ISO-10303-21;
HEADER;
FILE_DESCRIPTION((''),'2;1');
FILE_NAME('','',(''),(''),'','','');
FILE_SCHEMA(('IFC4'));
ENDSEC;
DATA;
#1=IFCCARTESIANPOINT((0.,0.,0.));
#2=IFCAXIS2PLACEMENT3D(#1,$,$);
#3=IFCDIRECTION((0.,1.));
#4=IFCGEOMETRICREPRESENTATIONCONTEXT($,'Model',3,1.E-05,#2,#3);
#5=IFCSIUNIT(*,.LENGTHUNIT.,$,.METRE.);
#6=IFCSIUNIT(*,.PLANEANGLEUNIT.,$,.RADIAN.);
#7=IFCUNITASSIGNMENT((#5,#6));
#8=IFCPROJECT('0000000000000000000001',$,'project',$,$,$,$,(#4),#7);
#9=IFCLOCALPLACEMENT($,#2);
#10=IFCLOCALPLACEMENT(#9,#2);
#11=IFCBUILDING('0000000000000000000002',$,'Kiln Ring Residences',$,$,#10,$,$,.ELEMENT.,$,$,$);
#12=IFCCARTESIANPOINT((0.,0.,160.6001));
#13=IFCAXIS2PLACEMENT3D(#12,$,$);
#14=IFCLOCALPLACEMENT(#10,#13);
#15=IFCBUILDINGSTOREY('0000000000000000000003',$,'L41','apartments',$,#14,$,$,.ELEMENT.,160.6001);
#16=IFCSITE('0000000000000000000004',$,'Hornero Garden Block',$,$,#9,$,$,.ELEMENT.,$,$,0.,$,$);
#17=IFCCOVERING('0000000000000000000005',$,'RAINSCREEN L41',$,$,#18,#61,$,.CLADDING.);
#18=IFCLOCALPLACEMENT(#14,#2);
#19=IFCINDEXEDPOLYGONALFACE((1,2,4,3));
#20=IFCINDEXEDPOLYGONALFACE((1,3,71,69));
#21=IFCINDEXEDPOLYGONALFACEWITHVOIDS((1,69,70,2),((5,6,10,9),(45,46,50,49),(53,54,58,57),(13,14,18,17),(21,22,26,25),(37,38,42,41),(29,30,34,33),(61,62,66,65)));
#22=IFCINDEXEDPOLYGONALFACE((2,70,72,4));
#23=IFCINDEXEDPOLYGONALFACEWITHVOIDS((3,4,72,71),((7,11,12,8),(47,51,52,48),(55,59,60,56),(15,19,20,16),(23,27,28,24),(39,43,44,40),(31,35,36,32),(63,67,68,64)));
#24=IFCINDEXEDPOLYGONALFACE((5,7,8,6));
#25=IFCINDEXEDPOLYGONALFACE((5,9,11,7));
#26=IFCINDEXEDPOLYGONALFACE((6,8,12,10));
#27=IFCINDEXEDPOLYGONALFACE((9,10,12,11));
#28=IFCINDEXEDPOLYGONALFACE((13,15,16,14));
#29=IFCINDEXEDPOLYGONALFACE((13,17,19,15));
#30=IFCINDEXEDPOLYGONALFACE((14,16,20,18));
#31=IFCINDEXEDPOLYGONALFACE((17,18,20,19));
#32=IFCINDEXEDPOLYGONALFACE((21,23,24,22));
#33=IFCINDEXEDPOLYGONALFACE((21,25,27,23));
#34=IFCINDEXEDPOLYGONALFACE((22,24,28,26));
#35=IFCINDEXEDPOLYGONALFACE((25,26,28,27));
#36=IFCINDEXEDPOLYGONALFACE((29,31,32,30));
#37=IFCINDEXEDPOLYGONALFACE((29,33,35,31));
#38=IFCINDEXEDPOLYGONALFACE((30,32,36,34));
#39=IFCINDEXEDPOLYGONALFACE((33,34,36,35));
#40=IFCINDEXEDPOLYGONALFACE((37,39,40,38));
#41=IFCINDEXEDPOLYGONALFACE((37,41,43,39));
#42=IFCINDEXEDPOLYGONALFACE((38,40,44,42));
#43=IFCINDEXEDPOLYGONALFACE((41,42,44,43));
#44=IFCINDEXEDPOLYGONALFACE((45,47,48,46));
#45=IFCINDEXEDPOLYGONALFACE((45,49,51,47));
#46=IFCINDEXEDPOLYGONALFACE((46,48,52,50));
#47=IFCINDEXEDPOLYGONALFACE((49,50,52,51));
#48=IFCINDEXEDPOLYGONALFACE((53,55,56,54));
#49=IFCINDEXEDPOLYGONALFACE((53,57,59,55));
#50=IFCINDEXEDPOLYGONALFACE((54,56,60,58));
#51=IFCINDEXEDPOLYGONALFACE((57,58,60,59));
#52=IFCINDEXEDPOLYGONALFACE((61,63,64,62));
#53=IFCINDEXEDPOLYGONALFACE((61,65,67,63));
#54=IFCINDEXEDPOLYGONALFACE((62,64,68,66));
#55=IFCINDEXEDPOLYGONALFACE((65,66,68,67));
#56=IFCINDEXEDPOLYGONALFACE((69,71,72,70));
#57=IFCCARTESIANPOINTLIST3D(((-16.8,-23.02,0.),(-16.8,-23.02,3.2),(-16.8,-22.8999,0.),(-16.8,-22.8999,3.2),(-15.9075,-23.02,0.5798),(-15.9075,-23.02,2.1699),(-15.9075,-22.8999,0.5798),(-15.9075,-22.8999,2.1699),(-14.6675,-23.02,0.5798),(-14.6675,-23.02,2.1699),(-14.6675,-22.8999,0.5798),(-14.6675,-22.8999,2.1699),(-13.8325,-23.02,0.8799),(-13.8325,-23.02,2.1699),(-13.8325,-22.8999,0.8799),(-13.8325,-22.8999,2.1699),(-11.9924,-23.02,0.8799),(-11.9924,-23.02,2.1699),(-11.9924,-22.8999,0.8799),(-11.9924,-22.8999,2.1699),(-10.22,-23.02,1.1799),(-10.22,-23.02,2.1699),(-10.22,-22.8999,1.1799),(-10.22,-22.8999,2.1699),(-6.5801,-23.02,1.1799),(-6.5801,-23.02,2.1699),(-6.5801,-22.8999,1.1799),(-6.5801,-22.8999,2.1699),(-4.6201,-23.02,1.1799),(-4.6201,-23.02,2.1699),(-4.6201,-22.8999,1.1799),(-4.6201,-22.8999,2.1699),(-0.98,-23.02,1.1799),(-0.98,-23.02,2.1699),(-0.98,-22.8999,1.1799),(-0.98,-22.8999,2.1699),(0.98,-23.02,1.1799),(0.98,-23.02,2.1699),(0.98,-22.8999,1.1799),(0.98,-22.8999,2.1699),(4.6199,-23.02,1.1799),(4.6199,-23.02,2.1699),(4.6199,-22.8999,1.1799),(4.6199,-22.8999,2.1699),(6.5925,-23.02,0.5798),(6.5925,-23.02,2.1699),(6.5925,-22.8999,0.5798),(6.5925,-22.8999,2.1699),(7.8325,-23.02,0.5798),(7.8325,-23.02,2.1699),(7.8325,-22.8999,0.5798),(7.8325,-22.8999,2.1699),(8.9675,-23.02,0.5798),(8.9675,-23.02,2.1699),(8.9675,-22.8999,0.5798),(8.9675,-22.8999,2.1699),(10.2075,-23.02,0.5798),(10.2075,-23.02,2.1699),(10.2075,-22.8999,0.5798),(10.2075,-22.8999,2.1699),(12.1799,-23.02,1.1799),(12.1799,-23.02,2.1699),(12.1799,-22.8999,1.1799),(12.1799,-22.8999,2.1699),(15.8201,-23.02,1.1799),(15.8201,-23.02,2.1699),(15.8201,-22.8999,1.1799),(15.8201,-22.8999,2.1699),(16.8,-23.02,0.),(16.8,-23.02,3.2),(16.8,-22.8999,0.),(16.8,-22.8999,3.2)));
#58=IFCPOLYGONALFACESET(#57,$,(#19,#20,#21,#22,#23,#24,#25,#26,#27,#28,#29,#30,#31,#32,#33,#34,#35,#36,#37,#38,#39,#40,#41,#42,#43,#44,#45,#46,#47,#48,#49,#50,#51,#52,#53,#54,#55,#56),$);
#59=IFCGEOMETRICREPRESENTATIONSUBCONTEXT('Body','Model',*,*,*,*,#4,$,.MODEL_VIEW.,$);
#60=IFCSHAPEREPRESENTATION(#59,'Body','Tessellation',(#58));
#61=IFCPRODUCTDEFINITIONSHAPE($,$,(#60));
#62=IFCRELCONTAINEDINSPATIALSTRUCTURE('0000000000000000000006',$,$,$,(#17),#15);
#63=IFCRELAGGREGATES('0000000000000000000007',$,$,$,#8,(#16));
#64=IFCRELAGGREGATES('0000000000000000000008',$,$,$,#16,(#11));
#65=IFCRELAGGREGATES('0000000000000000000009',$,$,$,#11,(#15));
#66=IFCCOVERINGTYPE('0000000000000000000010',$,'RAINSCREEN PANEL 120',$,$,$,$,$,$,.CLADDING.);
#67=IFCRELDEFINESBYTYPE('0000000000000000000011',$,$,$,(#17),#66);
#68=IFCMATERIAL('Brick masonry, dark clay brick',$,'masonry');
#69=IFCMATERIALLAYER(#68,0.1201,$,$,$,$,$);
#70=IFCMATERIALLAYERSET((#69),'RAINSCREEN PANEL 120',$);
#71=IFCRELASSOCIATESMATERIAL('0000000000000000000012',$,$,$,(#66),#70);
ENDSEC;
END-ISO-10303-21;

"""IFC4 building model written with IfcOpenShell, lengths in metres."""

from ifc_helpers import new_model, si_unit, direction, frame, origin, place, context, subcontext, project, spatial, polyline, outline, extrude, material, layer, layer_set, type_object, element, save


model = new_model("IFC4")

# Units and contexts
model_context = context("Model", 3, precision=1e-05, world=origin(), true_north=direction((0.0, 1.0)))
body_context = subcontext(model_context, "Body", "Model", "MODEL_VIEW")
ifc_project = project(units=[si_unit("LENGTHUNIT", "METRE"), si_unit("PLANEANGLEUNIT", "RADIAN")], contexts=[model_context])

# Site, building, storey
site_placement = place(None, origin())
site = spatial("IfcSite", under=ifc_project, at=site_placement, Name="Hornero Garden Block", CompositionType="ELEMENT", RefElevation=0.0)
building_placement = place(site_placement, origin())
building = spatial("IfcBuilding", under=site, at=building_placement, Name="Kiln Ring Residences", CompositionType="ELEMENT")
storey_placement = place(building_placement, frame((0.0, 0.0, 160.6001)))
storey = spatial("IfcBuildingStorey", under=building, at=storey_placement, Name="L41", Description="apartments", CompositionType="ELEMENT", Elevation=160.6001)

# Covering
ifc_material_1 = material(Name="Brick masonry, dark clay brick", Category="masonry")
ifc_layer_1 = layer(ifc_material_1, 0.1201)
ifc_layer_set_1 = layer_set([ifc_layer_1], Name="RAINSCREEN PANEL 120")
covering_type = type_object("IfcCoveringType", Name="RAINSCREEN PANEL 120", PredefinedType="CLADDING", material=ifc_layer_set_1)
covering_placement = place(storey_placement, frame((-16.8, -22.96, 0.0), z_axis=(0.0, 0.0, 1.0), x_axis=(1.0, 0.0, 0.0)))
element("IfcCovering", 1, at=covering_placement, inside=storey, type_object=covering_type, Name="RAINSCREEN L41", PredefinedType="CLADDING", context=body_context, shape_type="SweptSolid", body=[
    extrude(outline(polyline([(0.0, 0.0), (33.6001, 0.0), (33.6001, 3.2), (0.0, 3.2), (0.0, 0.0)]), holes=[polyline([(0.8926, 0.5798), (2.1326, 0.5798), (2.1326, 2.1699), (0.8926, 2.1699), (0.8926, 0.5798)]), polyline([(23.3926, 0.5798), (24.6326, 0.5798), (24.6326, 2.1699), (23.3926, 2.1699), (23.3926, 0.5798)]), polyline([(25.7676, 0.5798), (27.0076, 0.5798), (27.0076, 2.1699), (25.7676, 2.1699), (25.7676, 0.5798)]), polyline([(2.9675, 0.8799), (4.8076, 0.8799), (4.8076, 2.1699), (2.9675, 2.1699), (2.9675, 0.8799)]), polyline([(6.5801, 1.1799), (10.22, 1.1799), (10.22, 2.1699), (6.5801, 2.1699), (6.5801, 1.1799)]), polyline([(12.1799, 1.1799), (15.8201, 1.1799), (15.8201, 2.1699), (12.1799, 2.1699), (12.1799, 1.1799)]), polyline([(17.78, 1.1799), (21.4199, 1.1799), (21.4199, 2.1699), (17.78, 2.1699), (17.78, 1.1799)]), polyline([(28.98, 1.1799), (32.6201, 1.1799), (32.6201, 2.1699), (28.98, 2.1699), (28.98, 1.1799)])]), frame((0.0, 0.0601, 0.0), z_axis=(0.0, -1.0, 0.0), x_axis=(1.0, 0.0, 0.0)), (0.0, 0.0, 1.0), 0.1201),
])

save(model, "model.ifc")
